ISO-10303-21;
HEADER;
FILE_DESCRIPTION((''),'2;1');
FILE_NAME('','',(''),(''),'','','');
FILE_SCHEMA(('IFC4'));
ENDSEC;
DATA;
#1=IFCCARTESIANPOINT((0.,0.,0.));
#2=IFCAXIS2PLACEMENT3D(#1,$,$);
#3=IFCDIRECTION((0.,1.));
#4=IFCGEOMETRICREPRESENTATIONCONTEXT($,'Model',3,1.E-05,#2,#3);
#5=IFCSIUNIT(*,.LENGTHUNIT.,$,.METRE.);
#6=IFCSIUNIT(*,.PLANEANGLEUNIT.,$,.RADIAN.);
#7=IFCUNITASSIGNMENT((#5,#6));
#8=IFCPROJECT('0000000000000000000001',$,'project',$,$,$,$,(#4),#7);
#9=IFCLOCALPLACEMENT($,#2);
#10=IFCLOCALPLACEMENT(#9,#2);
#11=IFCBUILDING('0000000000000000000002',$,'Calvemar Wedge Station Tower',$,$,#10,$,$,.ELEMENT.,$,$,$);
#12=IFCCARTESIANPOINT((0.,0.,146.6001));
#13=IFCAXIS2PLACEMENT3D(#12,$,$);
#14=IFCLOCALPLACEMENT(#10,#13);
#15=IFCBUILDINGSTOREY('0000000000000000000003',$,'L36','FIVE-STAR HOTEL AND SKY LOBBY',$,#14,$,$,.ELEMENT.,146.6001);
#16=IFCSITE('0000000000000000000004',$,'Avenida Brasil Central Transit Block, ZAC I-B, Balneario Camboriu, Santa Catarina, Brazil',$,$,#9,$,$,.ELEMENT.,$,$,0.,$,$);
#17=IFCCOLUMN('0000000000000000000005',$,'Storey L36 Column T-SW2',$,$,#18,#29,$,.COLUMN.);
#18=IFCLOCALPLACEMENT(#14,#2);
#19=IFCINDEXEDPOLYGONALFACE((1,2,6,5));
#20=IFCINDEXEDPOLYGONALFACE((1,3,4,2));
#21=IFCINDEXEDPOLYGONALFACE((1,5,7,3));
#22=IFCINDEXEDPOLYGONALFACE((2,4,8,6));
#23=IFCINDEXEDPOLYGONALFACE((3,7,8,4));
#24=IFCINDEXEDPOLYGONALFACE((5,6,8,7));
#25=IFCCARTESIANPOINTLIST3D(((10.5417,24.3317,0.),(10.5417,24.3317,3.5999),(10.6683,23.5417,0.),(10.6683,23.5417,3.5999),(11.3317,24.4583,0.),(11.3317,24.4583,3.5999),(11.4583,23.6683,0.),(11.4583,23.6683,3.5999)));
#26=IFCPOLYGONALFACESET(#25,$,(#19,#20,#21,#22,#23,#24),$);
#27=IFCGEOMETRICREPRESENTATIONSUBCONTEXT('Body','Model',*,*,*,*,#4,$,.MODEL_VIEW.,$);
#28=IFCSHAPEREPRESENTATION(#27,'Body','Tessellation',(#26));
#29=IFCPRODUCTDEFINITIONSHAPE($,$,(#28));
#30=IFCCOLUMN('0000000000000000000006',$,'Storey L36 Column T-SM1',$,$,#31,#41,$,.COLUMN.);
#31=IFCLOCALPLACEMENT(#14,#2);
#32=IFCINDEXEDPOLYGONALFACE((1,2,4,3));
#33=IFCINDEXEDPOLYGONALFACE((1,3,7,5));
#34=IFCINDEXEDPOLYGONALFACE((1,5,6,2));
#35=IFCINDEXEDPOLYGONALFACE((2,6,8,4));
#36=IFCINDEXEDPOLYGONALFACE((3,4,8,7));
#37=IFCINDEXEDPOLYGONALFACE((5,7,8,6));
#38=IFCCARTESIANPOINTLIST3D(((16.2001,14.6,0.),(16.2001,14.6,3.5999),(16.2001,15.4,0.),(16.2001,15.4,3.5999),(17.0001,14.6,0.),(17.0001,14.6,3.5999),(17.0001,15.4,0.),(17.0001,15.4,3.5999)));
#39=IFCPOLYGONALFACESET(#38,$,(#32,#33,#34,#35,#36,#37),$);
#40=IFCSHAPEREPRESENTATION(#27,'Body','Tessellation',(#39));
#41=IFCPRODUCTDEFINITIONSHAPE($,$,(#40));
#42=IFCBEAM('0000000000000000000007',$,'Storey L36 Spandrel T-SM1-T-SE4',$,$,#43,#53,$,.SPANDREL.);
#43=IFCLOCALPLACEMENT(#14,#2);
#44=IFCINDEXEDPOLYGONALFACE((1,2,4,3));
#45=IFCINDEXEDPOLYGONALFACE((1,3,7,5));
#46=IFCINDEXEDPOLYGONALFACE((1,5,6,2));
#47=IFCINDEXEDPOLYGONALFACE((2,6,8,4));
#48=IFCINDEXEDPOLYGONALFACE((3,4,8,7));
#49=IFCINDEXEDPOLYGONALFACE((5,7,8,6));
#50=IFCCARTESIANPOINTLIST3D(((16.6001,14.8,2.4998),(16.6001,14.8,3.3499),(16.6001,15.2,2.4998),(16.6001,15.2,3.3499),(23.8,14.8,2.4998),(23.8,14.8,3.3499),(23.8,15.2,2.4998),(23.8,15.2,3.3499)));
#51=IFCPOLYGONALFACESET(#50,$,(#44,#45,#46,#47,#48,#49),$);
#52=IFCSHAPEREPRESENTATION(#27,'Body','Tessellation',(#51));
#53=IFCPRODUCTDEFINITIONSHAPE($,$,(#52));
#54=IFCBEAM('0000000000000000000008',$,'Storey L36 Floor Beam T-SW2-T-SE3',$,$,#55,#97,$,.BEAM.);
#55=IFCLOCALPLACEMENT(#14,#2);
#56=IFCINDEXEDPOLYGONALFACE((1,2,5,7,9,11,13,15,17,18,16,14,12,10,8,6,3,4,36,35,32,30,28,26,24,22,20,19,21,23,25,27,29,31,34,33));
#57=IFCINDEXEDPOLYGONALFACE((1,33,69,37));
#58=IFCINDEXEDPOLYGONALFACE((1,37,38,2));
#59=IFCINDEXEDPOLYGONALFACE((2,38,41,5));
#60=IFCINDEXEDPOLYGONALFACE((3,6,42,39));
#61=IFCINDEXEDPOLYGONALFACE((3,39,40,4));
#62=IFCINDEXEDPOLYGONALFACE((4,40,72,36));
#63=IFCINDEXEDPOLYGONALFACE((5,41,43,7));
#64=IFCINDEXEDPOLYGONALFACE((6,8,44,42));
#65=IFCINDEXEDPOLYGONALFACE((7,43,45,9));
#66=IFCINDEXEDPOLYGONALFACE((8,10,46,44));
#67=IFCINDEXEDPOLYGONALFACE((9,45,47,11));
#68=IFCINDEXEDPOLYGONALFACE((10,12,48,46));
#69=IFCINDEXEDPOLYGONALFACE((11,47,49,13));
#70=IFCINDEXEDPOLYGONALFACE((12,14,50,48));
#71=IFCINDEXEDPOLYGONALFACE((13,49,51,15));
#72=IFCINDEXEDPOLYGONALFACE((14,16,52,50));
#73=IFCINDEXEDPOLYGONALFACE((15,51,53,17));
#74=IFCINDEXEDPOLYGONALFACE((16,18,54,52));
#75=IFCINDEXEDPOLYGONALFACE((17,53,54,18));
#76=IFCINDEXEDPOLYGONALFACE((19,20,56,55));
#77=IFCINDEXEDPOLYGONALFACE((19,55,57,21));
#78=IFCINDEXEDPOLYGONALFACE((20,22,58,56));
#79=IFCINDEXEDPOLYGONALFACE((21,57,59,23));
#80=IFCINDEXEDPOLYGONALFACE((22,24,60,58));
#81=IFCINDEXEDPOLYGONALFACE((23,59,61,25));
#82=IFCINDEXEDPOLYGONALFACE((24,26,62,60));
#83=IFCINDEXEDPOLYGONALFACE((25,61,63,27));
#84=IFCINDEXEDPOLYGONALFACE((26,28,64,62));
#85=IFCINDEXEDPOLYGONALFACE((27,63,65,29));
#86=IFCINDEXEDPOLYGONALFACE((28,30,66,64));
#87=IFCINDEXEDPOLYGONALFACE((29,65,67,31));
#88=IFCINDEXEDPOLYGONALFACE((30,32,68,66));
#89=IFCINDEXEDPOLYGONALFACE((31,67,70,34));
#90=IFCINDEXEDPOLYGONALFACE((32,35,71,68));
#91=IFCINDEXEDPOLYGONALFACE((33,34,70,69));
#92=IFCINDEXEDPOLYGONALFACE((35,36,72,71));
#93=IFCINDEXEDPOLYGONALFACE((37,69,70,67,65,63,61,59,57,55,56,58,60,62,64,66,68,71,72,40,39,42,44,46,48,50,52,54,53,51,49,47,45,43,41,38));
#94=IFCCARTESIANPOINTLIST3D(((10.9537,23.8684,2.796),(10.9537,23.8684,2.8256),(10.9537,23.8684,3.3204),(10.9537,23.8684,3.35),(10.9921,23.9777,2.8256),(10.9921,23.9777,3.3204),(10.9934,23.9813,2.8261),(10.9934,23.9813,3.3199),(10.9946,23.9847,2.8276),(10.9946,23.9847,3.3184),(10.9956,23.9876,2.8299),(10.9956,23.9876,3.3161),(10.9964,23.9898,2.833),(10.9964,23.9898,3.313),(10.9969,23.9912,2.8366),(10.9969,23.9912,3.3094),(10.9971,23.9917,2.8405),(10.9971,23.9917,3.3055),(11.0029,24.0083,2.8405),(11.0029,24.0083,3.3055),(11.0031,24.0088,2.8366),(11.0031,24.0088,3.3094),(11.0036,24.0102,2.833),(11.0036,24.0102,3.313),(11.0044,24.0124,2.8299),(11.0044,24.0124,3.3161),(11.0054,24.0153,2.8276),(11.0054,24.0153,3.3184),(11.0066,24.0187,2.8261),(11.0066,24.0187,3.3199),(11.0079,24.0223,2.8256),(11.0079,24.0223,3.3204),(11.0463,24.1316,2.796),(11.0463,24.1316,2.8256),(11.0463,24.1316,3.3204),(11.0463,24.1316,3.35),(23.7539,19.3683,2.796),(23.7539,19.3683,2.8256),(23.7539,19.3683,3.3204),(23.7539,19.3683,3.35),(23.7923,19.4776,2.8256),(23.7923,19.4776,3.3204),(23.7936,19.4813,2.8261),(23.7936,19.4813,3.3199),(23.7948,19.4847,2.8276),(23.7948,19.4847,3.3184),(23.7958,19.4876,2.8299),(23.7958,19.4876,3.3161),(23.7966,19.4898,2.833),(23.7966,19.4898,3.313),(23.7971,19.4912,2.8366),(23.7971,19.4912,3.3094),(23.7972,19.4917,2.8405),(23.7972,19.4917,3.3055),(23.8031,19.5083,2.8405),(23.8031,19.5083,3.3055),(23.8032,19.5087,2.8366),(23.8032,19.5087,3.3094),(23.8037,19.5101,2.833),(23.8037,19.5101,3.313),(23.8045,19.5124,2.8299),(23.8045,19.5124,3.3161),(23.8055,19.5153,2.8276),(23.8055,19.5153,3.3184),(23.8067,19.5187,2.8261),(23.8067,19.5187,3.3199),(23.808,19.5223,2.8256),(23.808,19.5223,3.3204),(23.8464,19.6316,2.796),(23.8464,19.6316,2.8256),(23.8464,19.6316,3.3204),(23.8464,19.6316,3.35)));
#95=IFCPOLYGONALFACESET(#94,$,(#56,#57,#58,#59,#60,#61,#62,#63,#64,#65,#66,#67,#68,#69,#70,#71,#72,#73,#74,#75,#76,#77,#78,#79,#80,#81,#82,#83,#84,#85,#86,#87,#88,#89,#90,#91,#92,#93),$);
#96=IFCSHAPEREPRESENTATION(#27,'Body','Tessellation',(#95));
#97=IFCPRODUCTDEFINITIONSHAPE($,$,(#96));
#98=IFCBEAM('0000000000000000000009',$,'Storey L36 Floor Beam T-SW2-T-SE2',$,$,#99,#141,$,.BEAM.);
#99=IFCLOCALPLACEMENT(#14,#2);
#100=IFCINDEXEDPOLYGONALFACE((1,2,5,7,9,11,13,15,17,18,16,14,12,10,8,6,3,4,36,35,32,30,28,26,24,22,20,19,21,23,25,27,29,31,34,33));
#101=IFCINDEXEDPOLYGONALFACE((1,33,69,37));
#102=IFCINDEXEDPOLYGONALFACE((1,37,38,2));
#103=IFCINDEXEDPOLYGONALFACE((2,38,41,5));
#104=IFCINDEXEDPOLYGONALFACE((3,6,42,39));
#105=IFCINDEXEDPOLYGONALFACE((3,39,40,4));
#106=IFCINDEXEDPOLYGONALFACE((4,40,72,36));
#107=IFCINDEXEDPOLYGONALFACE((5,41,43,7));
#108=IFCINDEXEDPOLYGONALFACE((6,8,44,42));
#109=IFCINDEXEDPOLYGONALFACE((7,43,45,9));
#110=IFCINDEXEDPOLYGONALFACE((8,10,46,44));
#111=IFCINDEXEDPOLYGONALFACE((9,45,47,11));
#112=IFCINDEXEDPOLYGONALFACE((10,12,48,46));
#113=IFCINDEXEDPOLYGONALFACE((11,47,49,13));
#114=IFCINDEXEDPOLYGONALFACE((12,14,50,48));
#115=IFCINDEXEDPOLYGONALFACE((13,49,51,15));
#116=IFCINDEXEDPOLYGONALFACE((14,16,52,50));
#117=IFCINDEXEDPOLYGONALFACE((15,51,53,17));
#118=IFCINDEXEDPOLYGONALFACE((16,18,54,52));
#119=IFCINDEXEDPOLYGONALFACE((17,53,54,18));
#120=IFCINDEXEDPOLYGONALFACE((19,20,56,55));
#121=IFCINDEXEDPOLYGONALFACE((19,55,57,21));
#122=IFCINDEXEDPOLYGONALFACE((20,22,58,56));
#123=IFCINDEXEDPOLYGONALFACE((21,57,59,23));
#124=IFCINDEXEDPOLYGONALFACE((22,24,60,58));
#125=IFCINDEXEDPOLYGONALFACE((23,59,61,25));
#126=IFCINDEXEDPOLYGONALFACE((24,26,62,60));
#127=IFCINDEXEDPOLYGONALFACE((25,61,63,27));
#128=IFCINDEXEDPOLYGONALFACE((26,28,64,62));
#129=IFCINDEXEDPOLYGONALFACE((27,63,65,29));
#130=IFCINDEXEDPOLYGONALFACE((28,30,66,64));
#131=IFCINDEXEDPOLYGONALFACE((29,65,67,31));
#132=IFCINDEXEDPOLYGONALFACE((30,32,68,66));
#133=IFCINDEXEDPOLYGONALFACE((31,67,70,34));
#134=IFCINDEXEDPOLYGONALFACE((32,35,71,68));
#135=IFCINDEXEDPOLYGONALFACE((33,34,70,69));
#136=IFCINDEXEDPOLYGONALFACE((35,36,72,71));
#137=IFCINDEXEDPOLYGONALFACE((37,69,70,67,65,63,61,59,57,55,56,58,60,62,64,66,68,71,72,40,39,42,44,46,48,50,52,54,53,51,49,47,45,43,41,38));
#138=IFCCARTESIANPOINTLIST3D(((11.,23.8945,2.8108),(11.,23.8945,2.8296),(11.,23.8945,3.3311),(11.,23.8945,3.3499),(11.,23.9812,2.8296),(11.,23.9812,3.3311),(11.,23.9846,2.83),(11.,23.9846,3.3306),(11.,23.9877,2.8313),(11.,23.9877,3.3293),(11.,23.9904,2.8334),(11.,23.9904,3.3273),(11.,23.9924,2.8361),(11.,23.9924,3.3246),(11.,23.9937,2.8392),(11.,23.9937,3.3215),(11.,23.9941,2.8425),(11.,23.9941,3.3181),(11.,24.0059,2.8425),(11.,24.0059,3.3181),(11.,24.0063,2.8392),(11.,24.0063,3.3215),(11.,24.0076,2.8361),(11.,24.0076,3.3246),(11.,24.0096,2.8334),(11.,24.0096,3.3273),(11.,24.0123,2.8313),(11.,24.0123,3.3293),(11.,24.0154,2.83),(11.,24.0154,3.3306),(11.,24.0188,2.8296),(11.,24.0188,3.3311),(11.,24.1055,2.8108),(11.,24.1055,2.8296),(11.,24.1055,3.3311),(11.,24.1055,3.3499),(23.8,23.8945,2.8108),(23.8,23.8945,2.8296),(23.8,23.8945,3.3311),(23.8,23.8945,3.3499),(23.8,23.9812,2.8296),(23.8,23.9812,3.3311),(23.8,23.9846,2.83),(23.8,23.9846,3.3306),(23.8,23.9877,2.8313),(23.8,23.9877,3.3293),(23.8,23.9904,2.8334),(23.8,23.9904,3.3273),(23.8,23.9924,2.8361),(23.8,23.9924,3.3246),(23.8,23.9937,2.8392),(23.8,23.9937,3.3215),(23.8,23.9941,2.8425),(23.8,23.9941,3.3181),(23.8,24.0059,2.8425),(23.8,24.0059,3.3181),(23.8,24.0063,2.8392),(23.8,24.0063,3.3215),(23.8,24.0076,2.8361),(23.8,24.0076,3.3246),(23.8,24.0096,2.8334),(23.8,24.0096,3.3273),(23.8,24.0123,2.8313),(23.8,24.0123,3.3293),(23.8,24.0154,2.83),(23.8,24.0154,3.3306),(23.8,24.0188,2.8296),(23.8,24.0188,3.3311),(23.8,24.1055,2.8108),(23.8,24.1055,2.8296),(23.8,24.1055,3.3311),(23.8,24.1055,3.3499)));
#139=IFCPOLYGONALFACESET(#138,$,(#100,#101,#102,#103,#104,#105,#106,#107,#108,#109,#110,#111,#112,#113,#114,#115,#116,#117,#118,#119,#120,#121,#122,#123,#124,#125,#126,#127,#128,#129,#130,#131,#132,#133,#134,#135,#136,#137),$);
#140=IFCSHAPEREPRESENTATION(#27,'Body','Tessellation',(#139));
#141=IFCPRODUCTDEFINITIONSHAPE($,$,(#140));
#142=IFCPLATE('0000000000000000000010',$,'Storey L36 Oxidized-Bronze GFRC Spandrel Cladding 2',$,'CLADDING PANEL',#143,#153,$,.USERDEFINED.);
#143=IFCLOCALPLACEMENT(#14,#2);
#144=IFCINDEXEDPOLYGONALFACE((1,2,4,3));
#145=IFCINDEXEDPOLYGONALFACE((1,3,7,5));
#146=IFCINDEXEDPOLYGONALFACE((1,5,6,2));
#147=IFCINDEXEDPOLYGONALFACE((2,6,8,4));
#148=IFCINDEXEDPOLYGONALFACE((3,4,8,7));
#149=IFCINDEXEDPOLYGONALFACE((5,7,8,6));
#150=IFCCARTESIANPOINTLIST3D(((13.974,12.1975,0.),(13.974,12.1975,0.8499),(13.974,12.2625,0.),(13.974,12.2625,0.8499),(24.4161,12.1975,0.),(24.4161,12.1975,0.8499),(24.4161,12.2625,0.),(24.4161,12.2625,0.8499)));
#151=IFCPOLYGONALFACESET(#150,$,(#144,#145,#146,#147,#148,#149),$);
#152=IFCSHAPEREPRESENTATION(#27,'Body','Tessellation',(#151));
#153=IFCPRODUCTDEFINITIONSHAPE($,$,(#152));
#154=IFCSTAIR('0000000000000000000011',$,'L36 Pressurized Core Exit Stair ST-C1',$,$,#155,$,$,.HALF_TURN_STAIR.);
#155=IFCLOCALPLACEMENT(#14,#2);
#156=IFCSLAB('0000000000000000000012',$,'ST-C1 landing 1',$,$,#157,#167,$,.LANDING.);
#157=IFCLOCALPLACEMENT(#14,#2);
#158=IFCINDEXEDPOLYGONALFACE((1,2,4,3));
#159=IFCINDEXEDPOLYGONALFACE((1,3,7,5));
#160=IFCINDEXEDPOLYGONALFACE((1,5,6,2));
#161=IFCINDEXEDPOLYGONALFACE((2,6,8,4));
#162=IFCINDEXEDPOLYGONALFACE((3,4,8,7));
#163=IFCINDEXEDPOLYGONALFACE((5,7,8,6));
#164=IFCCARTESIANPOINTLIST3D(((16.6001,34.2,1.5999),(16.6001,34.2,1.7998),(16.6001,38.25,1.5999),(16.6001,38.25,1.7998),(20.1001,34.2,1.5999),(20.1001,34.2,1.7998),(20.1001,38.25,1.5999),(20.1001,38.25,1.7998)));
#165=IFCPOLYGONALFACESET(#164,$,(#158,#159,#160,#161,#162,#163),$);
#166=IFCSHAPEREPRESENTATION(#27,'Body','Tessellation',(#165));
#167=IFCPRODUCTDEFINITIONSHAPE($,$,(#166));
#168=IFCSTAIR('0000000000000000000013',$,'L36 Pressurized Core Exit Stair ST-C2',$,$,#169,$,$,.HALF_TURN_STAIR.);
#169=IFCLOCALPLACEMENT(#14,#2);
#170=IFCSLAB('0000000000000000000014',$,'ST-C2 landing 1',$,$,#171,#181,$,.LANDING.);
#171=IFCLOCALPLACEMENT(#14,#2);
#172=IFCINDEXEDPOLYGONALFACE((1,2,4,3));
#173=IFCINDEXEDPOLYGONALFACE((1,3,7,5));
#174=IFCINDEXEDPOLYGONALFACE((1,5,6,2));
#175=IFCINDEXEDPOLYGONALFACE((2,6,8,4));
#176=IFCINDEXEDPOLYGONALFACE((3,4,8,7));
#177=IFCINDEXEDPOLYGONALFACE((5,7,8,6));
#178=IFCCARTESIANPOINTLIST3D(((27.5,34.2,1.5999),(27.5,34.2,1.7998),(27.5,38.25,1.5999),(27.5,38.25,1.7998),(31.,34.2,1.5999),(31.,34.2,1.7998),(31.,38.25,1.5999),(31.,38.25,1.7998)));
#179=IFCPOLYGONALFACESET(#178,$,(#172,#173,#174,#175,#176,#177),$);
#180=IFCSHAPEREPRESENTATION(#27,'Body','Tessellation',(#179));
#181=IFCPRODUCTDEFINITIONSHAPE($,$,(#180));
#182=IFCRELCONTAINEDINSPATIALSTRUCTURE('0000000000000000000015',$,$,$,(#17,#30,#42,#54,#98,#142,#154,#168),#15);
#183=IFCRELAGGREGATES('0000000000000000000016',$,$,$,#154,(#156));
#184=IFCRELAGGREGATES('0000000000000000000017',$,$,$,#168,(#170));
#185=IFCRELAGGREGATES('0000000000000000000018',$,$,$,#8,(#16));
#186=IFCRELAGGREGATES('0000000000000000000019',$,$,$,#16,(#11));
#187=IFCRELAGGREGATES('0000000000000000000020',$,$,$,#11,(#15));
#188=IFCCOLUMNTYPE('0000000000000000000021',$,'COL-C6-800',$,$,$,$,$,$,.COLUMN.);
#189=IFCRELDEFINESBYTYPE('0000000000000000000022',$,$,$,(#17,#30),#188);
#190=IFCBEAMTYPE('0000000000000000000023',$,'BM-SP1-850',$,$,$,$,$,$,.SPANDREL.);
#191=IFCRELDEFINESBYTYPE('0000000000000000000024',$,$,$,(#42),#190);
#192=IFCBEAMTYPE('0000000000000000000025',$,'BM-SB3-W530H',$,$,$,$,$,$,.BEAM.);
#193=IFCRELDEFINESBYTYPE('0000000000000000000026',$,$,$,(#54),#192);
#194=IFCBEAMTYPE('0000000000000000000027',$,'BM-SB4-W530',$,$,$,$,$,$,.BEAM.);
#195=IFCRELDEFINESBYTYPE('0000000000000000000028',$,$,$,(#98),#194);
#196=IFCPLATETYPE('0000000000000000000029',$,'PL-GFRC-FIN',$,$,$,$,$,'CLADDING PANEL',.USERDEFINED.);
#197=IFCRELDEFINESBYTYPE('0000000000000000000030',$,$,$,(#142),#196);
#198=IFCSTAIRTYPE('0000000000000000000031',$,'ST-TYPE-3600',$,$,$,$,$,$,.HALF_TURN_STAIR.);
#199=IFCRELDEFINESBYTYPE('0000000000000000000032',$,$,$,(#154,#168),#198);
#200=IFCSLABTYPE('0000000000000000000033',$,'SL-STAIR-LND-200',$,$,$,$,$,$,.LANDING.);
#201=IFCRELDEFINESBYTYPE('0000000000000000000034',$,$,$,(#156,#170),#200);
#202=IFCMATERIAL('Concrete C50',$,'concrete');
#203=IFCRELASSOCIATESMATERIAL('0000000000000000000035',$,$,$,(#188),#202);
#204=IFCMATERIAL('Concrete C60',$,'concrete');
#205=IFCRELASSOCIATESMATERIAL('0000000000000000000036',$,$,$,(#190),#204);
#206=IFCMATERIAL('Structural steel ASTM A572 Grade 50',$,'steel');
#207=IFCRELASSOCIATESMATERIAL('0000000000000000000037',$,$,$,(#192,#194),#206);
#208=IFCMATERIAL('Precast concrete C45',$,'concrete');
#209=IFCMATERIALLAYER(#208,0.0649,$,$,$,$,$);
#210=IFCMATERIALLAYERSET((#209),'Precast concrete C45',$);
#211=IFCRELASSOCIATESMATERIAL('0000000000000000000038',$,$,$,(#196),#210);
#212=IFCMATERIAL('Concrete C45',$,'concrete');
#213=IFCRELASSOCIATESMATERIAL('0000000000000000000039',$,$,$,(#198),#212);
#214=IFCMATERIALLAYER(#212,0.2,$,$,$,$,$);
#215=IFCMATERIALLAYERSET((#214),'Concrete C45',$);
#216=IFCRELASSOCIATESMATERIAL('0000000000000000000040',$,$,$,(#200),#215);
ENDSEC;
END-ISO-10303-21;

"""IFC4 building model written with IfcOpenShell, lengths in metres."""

from ifc_helpers import new_model, si_unit, direction, frame, frame_2d, origin, origin_2d, place, context, subcontext, project, spatial, polyline, rectangle, i_section, outline, extrude, source, transform, mapped, material, layer, layer_set, material_profile, profile_set, type_object, element, aggregate, save


model = new_model("IFC4")

# Units and contexts
model_context = context("Model", 3, precision=1e-05, world=origin(), true_north=direction((0.0, 1.0)))
body_context = subcontext(model_context, "Body", "Model", "MODEL_VIEW")
ifc_project = project(units=[si_unit("LENGTHUNIT", "METRE"), si_unit("PLANEANGLEUNIT", "RADIAN")], contexts=[model_context])

# Site, building, storey
site_placement = place(None, origin())
site = spatial("IfcSite", under=ifc_project, at=site_placement, Name="Avenida Brasil Central Transit Block, ZAC I-B, Balneario Camboriu, Santa Catarina, Brazil", CompositionType="ELEMENT", RefElevation=0.0)
building_placement = place(site_placement, origin())
building = spatial("IfcBuilding", under=site, at=building_placement, Name="Calvemar Wedge Station Tower", CompositionType="ELEMENT")
storey_placement = place(building_placement, frame((0.0, 0.0, 146.6001)))
storey = spatial("IfcBuildingStorey", under=building, at=storey_placement, Name="L36", Description="FIVE-STAR HOTEL AND SKY LOBBY", CompositionType="ELEMENT", Elevation=146.6001)

# Columns
ifc_material_1 = material(Name="Concrete C50", Category="concrete")
ifc_material_profile_1 = material_profile(ifc_material_1, rectangle(XDim=0.8, YDim=0.8, at=origin_2d()), Name="RC800x800")
ifc_profile_set_1 = profile_set([ifc_material_profile_1], Name="Concrete C50")
column_type = type_object("IfcColumnType", Name="COL-C6-800", PredefinedType="COLUMN", material=ifc_profile_set_1)
shared_shape_1 = source(origin(), body_context, "Body", "SweptSolid", [
    extrude(rectangle(XDim=0.8, YDim=0.8, at=origin_2d()), origin(), (0.0, 0.0, 1.0), 3.5999),
])
for number, where, z_axis, x_axis, name in (
    (1, (11.0, 24.0, 0.0), (0.0, 0.0, 1.0), (0.158158, -0.987414, 0.0), "Storey L36 Column T-SW2"),
    (2, (16.6001, 15.0, 0.0), (0.0, 0.0, 1.0), (1.0, 0.0, 0.0), "Storey L36 Column T-SM1"),
):
    element("IfcColumn", number, at=place(storey_placement, frame(where, z_axis=z_axis, x_axis=x_axis)), inside=storey, type_object=column_type, Name=name, PredefinedType="COLUMN", context=body_context, shape_type="MappedRepresentation", body=[
        mapped(shared_shape_1, transform((0.0, 0.0, 0.0), scale=1.0)),
    ])

# Beams
ifc_material_2 = material(Name="Concrete C60", Category="concrete")
ifc_material_profile_2 = material_profile(ifc_material_2, rectangle(XDim=0.3999, YDim=0.8501, at=origin_2d()), Name="RC400x850")
ifc_profile_set_2 = profile_set([ifc_material_profile_2], Name="Concrete C60")
beam_type_1 = type_object("IfcBeamType", Name="BM-SP1-850", PredefinedType="SPANDREL", material=ifc_profile_set_2)
shared_shape_2 = source(origin(), body_context, "Body", "SweptSolid", [
    extrude(rectangle(XDim=0.3999, YDim=0.8501, at=origin_2d()), origin(), (0.0, 0.0, 1.0), 7.2),
])
beam_1_placement = place(storey_placement, frame((16.6001, 15.0, 2.9248), z_axis=(1.0, 0.0, 0.0), x_axis=(0.0, 1.0, 0.0)))
element("IfcBeam", 3, at=beam_1_placement, inside=storey, type_object=beam_type_1, Name="Storey L36 Spandrel T-SM1-T-SE4", PredefinedType="SPANDREL", context=body_context, shape_type="MappedRepresentation", body=[
    mapped(shared_shape_2, transform((0.0, 0.0, 0.0), scale=1.0)),
])
ifc_material_3 = material(Name="Structural steel ASTM A572 Grade 50", Category="steel")
ifc_material_profile_3 = material_profile(ifc_material_3, i_section(OverallWidth=0.2791, OverallDepth=0.554, WebThickness=0.0176, FlangeThickness=0.0295, FilletRadius=0.0149, at=origin_2d()), Name="W530x196")
ifc_profile_set_3 = profile_set([ifc_material_profile_3], Name="Structural steel ASTM A572 Grade 50")
beam_type_2 = type_object("IfcBeamType", Name="BM-SB3-W530H", PredefinedType="BEAM", material=ifc_profile_set_3)
shared_shape_3 = source(origin(), body_context, "Body", "SweptSolid", [
    extrude(i_section(OverallWidth=0.2791, OverallDepth=0.554, WebThickness=0.0176, FlangeThickness=0.0295, FilletRadius=0.0149, at=origin_2d()), origin(), (0.0, 0.0, 1.0), 13.5681),
])
beam_2_placement = place(storey_placement, frame((11.0, 24.0, 3.073), z_axis=(0.943398, -0.331662, 0.0), x_axis=(0.331662, 0.943398, 0.0)))
element("IfcBeam", 4, at=beam_2_placement, inside=storey, type_object=beam_type_2, Name="Storey L36 Floor Beam T-SW2-T-SE3", PredefinedType="BEAM", context=body_context, shape_type="MappedRepresentation", body=[
    mapped(shared_shape_3, transform((0.0, 0.0, 0.0), scale=1.0)),
])
ifc_material_profile_4 = material_profile(ifc_material_3, i_section(OverallWidth=0.2109, OverallDepth=0.5391, WebThickness=0.0117, FlangeThickness=0.0188, FilletRadius=0.0129, at=origin_2d()), Name="W530x109")
ifc_profile_set_4 = profile_set([ifc_material_profile_4], Name="Structural steel ASTM A572 Grade 50")
beam_type_3 = type_object("IfcBeamType", Name="BM-SB4-W530", PredefinedType="BEAM", material=ifc_profile_set_4)
shared_shape_4 = source(origin(), body_context, "Body", "SweptSolid", [
    extrude(i_section(OverallWidth=0.2109, OverallDepth=0.5391, WebThickness=0.0117, FlangeThickness=0.0188, FilletRadius=0.0129, at=origin_2d()), origin(), (0.0, 0.0, 1.0), 12.8),
])
beam_3_placement = place(storey_placement, frame((11.0, 24.0, 3.0803), z_axis=(1.0, 0.0, 0.0), x_axis=(0.0, 1.0, 0.0)))
element("IfcBeam", 5, at=beam_3_placement, inside=storey, type_object=beam_type_3, Name="Storey L36 Floor Beam T-SW2-T-SE2", PredefinedType="BEAM", context=body_context, shape_type="MappedRepresentation", body=[
    mapped(shared_shape_4, transform((0.0, 0.0, 0.0), scale=1.0)),
])

# Plate
ifc_material_4 = material(Name="Precast concrete C45", Category="concrete")
ifc_layer_1 = layer(ifc_material_4, 0.0649)
ifc_layer_set_1 = layer_set([ifc_layer_1], Name="Precast concrete C45")
plate_type = type_object("IfcPlateType", Name="PL-GFRC-FIN", ElementType="CLADDING PANEL", PredefinedType="USERDEFINED", material=ifc_layer_set_1)
plate_placement = place(storey_placement, frame((13.9739, 12.23, 0.0), z_axis=(0.0, 0.0, 1.0), x_axis=(1.0, 0.0, 0.0)))
element("IfcPlate", 6, at=plate_placement, inside=storey, type_object=plate_type, Name="Storey L36 Oxidized-Bronze GFRC Spandrel Cladding 2", ObjectType="CLADDING PANEL", PredefinedType="USERDEFINED", context=body_context, shape_type="SweptSolid", body=[
    extrude(rectangle(XDim=10.4421, YDim=0.0649, at=frame_2d((5.2212, 0.0))), origin(), (0.0, 0.0, 1.0), 0.8499),
])

# Stairs, slabs
ifc_material_5 = material(Name="Concrete C45", Category="concrete")
stair_type = type_object("IfcStairType", Name="ST-TYPE-3600", PredefinedType="HALF_TURN_STAIR", material=ifc_material_5)
stair_1_placement = place(storey_placement, origin())
stair_1 = element("IfcStair", 7, at=stair_1_placement, inside=storey, type_object=stair_type, Name="L36 Pressurized Core Exit Stair ST-C1", PredefinedType="HALF_TURN_STAIR")
ifc_layer_2 = layer(ifc_material_5, 0.2)
ifc_layer_set_2 = layer_set([ifc_layer_2], Name="Concrete C45")
slab_type_1 = type_object("IfcSlabType", Name="SL-STAIR-LND-200", PredefinedType="LANDING", material=ifc_layer_set_2)
slab_1_placement = place(storey_placement, frame((0.0, 0.0, 1.5999)))
slab_1 = element("IfcSlab", 8, at=slab_1_placement, type_object=slab_type_1, Name="ST-C1 landing 1", PredefinedType="LANDING", context=body_context, shape_type="SweptSolid", body=[
    extrude(outline(polyline([(16.6001, 38.25), (16.6001, 34.2), (20.1001, 34.2), (20.1001, 38.25), (16.6001, 38.25)])), origin(), (0.0, 0.0, 1.0), 0.2),
])
aggregate(stair_1, [slab_1])
stair_2_placement = place(storey_placement, origin())
stair_2 = element("IfcStair", 9, at=stair_2_placement, inside=storey, type_object=stair_type, Name="L36 Pressurized Core Exit Stair ST-C2", PredefinedType="HALF_TURN_STAIR")
slab_2_placement = place(storey_placement, frame((0.0, 0.0, 1.5999)))
slab_2 = element("IfcSlab", 10, at=slab_2_placement, type_object=slab_type_1, Name="ST-C2 landing 1", PredefinedType="LANDING", context=body_context, shape_type="SweptSolid", body=[
    extrude(outline(polyline([(27.5, 38.25), (27.5, 34.2), (31.0, 34.2), (31.0, 38.25), (27.5, 38.25)])), origin(), (0.0, 0.0, 1.0), 0.2),
])
aggregate(stair_2, [slab_2])

save(model, "model.ifc")
